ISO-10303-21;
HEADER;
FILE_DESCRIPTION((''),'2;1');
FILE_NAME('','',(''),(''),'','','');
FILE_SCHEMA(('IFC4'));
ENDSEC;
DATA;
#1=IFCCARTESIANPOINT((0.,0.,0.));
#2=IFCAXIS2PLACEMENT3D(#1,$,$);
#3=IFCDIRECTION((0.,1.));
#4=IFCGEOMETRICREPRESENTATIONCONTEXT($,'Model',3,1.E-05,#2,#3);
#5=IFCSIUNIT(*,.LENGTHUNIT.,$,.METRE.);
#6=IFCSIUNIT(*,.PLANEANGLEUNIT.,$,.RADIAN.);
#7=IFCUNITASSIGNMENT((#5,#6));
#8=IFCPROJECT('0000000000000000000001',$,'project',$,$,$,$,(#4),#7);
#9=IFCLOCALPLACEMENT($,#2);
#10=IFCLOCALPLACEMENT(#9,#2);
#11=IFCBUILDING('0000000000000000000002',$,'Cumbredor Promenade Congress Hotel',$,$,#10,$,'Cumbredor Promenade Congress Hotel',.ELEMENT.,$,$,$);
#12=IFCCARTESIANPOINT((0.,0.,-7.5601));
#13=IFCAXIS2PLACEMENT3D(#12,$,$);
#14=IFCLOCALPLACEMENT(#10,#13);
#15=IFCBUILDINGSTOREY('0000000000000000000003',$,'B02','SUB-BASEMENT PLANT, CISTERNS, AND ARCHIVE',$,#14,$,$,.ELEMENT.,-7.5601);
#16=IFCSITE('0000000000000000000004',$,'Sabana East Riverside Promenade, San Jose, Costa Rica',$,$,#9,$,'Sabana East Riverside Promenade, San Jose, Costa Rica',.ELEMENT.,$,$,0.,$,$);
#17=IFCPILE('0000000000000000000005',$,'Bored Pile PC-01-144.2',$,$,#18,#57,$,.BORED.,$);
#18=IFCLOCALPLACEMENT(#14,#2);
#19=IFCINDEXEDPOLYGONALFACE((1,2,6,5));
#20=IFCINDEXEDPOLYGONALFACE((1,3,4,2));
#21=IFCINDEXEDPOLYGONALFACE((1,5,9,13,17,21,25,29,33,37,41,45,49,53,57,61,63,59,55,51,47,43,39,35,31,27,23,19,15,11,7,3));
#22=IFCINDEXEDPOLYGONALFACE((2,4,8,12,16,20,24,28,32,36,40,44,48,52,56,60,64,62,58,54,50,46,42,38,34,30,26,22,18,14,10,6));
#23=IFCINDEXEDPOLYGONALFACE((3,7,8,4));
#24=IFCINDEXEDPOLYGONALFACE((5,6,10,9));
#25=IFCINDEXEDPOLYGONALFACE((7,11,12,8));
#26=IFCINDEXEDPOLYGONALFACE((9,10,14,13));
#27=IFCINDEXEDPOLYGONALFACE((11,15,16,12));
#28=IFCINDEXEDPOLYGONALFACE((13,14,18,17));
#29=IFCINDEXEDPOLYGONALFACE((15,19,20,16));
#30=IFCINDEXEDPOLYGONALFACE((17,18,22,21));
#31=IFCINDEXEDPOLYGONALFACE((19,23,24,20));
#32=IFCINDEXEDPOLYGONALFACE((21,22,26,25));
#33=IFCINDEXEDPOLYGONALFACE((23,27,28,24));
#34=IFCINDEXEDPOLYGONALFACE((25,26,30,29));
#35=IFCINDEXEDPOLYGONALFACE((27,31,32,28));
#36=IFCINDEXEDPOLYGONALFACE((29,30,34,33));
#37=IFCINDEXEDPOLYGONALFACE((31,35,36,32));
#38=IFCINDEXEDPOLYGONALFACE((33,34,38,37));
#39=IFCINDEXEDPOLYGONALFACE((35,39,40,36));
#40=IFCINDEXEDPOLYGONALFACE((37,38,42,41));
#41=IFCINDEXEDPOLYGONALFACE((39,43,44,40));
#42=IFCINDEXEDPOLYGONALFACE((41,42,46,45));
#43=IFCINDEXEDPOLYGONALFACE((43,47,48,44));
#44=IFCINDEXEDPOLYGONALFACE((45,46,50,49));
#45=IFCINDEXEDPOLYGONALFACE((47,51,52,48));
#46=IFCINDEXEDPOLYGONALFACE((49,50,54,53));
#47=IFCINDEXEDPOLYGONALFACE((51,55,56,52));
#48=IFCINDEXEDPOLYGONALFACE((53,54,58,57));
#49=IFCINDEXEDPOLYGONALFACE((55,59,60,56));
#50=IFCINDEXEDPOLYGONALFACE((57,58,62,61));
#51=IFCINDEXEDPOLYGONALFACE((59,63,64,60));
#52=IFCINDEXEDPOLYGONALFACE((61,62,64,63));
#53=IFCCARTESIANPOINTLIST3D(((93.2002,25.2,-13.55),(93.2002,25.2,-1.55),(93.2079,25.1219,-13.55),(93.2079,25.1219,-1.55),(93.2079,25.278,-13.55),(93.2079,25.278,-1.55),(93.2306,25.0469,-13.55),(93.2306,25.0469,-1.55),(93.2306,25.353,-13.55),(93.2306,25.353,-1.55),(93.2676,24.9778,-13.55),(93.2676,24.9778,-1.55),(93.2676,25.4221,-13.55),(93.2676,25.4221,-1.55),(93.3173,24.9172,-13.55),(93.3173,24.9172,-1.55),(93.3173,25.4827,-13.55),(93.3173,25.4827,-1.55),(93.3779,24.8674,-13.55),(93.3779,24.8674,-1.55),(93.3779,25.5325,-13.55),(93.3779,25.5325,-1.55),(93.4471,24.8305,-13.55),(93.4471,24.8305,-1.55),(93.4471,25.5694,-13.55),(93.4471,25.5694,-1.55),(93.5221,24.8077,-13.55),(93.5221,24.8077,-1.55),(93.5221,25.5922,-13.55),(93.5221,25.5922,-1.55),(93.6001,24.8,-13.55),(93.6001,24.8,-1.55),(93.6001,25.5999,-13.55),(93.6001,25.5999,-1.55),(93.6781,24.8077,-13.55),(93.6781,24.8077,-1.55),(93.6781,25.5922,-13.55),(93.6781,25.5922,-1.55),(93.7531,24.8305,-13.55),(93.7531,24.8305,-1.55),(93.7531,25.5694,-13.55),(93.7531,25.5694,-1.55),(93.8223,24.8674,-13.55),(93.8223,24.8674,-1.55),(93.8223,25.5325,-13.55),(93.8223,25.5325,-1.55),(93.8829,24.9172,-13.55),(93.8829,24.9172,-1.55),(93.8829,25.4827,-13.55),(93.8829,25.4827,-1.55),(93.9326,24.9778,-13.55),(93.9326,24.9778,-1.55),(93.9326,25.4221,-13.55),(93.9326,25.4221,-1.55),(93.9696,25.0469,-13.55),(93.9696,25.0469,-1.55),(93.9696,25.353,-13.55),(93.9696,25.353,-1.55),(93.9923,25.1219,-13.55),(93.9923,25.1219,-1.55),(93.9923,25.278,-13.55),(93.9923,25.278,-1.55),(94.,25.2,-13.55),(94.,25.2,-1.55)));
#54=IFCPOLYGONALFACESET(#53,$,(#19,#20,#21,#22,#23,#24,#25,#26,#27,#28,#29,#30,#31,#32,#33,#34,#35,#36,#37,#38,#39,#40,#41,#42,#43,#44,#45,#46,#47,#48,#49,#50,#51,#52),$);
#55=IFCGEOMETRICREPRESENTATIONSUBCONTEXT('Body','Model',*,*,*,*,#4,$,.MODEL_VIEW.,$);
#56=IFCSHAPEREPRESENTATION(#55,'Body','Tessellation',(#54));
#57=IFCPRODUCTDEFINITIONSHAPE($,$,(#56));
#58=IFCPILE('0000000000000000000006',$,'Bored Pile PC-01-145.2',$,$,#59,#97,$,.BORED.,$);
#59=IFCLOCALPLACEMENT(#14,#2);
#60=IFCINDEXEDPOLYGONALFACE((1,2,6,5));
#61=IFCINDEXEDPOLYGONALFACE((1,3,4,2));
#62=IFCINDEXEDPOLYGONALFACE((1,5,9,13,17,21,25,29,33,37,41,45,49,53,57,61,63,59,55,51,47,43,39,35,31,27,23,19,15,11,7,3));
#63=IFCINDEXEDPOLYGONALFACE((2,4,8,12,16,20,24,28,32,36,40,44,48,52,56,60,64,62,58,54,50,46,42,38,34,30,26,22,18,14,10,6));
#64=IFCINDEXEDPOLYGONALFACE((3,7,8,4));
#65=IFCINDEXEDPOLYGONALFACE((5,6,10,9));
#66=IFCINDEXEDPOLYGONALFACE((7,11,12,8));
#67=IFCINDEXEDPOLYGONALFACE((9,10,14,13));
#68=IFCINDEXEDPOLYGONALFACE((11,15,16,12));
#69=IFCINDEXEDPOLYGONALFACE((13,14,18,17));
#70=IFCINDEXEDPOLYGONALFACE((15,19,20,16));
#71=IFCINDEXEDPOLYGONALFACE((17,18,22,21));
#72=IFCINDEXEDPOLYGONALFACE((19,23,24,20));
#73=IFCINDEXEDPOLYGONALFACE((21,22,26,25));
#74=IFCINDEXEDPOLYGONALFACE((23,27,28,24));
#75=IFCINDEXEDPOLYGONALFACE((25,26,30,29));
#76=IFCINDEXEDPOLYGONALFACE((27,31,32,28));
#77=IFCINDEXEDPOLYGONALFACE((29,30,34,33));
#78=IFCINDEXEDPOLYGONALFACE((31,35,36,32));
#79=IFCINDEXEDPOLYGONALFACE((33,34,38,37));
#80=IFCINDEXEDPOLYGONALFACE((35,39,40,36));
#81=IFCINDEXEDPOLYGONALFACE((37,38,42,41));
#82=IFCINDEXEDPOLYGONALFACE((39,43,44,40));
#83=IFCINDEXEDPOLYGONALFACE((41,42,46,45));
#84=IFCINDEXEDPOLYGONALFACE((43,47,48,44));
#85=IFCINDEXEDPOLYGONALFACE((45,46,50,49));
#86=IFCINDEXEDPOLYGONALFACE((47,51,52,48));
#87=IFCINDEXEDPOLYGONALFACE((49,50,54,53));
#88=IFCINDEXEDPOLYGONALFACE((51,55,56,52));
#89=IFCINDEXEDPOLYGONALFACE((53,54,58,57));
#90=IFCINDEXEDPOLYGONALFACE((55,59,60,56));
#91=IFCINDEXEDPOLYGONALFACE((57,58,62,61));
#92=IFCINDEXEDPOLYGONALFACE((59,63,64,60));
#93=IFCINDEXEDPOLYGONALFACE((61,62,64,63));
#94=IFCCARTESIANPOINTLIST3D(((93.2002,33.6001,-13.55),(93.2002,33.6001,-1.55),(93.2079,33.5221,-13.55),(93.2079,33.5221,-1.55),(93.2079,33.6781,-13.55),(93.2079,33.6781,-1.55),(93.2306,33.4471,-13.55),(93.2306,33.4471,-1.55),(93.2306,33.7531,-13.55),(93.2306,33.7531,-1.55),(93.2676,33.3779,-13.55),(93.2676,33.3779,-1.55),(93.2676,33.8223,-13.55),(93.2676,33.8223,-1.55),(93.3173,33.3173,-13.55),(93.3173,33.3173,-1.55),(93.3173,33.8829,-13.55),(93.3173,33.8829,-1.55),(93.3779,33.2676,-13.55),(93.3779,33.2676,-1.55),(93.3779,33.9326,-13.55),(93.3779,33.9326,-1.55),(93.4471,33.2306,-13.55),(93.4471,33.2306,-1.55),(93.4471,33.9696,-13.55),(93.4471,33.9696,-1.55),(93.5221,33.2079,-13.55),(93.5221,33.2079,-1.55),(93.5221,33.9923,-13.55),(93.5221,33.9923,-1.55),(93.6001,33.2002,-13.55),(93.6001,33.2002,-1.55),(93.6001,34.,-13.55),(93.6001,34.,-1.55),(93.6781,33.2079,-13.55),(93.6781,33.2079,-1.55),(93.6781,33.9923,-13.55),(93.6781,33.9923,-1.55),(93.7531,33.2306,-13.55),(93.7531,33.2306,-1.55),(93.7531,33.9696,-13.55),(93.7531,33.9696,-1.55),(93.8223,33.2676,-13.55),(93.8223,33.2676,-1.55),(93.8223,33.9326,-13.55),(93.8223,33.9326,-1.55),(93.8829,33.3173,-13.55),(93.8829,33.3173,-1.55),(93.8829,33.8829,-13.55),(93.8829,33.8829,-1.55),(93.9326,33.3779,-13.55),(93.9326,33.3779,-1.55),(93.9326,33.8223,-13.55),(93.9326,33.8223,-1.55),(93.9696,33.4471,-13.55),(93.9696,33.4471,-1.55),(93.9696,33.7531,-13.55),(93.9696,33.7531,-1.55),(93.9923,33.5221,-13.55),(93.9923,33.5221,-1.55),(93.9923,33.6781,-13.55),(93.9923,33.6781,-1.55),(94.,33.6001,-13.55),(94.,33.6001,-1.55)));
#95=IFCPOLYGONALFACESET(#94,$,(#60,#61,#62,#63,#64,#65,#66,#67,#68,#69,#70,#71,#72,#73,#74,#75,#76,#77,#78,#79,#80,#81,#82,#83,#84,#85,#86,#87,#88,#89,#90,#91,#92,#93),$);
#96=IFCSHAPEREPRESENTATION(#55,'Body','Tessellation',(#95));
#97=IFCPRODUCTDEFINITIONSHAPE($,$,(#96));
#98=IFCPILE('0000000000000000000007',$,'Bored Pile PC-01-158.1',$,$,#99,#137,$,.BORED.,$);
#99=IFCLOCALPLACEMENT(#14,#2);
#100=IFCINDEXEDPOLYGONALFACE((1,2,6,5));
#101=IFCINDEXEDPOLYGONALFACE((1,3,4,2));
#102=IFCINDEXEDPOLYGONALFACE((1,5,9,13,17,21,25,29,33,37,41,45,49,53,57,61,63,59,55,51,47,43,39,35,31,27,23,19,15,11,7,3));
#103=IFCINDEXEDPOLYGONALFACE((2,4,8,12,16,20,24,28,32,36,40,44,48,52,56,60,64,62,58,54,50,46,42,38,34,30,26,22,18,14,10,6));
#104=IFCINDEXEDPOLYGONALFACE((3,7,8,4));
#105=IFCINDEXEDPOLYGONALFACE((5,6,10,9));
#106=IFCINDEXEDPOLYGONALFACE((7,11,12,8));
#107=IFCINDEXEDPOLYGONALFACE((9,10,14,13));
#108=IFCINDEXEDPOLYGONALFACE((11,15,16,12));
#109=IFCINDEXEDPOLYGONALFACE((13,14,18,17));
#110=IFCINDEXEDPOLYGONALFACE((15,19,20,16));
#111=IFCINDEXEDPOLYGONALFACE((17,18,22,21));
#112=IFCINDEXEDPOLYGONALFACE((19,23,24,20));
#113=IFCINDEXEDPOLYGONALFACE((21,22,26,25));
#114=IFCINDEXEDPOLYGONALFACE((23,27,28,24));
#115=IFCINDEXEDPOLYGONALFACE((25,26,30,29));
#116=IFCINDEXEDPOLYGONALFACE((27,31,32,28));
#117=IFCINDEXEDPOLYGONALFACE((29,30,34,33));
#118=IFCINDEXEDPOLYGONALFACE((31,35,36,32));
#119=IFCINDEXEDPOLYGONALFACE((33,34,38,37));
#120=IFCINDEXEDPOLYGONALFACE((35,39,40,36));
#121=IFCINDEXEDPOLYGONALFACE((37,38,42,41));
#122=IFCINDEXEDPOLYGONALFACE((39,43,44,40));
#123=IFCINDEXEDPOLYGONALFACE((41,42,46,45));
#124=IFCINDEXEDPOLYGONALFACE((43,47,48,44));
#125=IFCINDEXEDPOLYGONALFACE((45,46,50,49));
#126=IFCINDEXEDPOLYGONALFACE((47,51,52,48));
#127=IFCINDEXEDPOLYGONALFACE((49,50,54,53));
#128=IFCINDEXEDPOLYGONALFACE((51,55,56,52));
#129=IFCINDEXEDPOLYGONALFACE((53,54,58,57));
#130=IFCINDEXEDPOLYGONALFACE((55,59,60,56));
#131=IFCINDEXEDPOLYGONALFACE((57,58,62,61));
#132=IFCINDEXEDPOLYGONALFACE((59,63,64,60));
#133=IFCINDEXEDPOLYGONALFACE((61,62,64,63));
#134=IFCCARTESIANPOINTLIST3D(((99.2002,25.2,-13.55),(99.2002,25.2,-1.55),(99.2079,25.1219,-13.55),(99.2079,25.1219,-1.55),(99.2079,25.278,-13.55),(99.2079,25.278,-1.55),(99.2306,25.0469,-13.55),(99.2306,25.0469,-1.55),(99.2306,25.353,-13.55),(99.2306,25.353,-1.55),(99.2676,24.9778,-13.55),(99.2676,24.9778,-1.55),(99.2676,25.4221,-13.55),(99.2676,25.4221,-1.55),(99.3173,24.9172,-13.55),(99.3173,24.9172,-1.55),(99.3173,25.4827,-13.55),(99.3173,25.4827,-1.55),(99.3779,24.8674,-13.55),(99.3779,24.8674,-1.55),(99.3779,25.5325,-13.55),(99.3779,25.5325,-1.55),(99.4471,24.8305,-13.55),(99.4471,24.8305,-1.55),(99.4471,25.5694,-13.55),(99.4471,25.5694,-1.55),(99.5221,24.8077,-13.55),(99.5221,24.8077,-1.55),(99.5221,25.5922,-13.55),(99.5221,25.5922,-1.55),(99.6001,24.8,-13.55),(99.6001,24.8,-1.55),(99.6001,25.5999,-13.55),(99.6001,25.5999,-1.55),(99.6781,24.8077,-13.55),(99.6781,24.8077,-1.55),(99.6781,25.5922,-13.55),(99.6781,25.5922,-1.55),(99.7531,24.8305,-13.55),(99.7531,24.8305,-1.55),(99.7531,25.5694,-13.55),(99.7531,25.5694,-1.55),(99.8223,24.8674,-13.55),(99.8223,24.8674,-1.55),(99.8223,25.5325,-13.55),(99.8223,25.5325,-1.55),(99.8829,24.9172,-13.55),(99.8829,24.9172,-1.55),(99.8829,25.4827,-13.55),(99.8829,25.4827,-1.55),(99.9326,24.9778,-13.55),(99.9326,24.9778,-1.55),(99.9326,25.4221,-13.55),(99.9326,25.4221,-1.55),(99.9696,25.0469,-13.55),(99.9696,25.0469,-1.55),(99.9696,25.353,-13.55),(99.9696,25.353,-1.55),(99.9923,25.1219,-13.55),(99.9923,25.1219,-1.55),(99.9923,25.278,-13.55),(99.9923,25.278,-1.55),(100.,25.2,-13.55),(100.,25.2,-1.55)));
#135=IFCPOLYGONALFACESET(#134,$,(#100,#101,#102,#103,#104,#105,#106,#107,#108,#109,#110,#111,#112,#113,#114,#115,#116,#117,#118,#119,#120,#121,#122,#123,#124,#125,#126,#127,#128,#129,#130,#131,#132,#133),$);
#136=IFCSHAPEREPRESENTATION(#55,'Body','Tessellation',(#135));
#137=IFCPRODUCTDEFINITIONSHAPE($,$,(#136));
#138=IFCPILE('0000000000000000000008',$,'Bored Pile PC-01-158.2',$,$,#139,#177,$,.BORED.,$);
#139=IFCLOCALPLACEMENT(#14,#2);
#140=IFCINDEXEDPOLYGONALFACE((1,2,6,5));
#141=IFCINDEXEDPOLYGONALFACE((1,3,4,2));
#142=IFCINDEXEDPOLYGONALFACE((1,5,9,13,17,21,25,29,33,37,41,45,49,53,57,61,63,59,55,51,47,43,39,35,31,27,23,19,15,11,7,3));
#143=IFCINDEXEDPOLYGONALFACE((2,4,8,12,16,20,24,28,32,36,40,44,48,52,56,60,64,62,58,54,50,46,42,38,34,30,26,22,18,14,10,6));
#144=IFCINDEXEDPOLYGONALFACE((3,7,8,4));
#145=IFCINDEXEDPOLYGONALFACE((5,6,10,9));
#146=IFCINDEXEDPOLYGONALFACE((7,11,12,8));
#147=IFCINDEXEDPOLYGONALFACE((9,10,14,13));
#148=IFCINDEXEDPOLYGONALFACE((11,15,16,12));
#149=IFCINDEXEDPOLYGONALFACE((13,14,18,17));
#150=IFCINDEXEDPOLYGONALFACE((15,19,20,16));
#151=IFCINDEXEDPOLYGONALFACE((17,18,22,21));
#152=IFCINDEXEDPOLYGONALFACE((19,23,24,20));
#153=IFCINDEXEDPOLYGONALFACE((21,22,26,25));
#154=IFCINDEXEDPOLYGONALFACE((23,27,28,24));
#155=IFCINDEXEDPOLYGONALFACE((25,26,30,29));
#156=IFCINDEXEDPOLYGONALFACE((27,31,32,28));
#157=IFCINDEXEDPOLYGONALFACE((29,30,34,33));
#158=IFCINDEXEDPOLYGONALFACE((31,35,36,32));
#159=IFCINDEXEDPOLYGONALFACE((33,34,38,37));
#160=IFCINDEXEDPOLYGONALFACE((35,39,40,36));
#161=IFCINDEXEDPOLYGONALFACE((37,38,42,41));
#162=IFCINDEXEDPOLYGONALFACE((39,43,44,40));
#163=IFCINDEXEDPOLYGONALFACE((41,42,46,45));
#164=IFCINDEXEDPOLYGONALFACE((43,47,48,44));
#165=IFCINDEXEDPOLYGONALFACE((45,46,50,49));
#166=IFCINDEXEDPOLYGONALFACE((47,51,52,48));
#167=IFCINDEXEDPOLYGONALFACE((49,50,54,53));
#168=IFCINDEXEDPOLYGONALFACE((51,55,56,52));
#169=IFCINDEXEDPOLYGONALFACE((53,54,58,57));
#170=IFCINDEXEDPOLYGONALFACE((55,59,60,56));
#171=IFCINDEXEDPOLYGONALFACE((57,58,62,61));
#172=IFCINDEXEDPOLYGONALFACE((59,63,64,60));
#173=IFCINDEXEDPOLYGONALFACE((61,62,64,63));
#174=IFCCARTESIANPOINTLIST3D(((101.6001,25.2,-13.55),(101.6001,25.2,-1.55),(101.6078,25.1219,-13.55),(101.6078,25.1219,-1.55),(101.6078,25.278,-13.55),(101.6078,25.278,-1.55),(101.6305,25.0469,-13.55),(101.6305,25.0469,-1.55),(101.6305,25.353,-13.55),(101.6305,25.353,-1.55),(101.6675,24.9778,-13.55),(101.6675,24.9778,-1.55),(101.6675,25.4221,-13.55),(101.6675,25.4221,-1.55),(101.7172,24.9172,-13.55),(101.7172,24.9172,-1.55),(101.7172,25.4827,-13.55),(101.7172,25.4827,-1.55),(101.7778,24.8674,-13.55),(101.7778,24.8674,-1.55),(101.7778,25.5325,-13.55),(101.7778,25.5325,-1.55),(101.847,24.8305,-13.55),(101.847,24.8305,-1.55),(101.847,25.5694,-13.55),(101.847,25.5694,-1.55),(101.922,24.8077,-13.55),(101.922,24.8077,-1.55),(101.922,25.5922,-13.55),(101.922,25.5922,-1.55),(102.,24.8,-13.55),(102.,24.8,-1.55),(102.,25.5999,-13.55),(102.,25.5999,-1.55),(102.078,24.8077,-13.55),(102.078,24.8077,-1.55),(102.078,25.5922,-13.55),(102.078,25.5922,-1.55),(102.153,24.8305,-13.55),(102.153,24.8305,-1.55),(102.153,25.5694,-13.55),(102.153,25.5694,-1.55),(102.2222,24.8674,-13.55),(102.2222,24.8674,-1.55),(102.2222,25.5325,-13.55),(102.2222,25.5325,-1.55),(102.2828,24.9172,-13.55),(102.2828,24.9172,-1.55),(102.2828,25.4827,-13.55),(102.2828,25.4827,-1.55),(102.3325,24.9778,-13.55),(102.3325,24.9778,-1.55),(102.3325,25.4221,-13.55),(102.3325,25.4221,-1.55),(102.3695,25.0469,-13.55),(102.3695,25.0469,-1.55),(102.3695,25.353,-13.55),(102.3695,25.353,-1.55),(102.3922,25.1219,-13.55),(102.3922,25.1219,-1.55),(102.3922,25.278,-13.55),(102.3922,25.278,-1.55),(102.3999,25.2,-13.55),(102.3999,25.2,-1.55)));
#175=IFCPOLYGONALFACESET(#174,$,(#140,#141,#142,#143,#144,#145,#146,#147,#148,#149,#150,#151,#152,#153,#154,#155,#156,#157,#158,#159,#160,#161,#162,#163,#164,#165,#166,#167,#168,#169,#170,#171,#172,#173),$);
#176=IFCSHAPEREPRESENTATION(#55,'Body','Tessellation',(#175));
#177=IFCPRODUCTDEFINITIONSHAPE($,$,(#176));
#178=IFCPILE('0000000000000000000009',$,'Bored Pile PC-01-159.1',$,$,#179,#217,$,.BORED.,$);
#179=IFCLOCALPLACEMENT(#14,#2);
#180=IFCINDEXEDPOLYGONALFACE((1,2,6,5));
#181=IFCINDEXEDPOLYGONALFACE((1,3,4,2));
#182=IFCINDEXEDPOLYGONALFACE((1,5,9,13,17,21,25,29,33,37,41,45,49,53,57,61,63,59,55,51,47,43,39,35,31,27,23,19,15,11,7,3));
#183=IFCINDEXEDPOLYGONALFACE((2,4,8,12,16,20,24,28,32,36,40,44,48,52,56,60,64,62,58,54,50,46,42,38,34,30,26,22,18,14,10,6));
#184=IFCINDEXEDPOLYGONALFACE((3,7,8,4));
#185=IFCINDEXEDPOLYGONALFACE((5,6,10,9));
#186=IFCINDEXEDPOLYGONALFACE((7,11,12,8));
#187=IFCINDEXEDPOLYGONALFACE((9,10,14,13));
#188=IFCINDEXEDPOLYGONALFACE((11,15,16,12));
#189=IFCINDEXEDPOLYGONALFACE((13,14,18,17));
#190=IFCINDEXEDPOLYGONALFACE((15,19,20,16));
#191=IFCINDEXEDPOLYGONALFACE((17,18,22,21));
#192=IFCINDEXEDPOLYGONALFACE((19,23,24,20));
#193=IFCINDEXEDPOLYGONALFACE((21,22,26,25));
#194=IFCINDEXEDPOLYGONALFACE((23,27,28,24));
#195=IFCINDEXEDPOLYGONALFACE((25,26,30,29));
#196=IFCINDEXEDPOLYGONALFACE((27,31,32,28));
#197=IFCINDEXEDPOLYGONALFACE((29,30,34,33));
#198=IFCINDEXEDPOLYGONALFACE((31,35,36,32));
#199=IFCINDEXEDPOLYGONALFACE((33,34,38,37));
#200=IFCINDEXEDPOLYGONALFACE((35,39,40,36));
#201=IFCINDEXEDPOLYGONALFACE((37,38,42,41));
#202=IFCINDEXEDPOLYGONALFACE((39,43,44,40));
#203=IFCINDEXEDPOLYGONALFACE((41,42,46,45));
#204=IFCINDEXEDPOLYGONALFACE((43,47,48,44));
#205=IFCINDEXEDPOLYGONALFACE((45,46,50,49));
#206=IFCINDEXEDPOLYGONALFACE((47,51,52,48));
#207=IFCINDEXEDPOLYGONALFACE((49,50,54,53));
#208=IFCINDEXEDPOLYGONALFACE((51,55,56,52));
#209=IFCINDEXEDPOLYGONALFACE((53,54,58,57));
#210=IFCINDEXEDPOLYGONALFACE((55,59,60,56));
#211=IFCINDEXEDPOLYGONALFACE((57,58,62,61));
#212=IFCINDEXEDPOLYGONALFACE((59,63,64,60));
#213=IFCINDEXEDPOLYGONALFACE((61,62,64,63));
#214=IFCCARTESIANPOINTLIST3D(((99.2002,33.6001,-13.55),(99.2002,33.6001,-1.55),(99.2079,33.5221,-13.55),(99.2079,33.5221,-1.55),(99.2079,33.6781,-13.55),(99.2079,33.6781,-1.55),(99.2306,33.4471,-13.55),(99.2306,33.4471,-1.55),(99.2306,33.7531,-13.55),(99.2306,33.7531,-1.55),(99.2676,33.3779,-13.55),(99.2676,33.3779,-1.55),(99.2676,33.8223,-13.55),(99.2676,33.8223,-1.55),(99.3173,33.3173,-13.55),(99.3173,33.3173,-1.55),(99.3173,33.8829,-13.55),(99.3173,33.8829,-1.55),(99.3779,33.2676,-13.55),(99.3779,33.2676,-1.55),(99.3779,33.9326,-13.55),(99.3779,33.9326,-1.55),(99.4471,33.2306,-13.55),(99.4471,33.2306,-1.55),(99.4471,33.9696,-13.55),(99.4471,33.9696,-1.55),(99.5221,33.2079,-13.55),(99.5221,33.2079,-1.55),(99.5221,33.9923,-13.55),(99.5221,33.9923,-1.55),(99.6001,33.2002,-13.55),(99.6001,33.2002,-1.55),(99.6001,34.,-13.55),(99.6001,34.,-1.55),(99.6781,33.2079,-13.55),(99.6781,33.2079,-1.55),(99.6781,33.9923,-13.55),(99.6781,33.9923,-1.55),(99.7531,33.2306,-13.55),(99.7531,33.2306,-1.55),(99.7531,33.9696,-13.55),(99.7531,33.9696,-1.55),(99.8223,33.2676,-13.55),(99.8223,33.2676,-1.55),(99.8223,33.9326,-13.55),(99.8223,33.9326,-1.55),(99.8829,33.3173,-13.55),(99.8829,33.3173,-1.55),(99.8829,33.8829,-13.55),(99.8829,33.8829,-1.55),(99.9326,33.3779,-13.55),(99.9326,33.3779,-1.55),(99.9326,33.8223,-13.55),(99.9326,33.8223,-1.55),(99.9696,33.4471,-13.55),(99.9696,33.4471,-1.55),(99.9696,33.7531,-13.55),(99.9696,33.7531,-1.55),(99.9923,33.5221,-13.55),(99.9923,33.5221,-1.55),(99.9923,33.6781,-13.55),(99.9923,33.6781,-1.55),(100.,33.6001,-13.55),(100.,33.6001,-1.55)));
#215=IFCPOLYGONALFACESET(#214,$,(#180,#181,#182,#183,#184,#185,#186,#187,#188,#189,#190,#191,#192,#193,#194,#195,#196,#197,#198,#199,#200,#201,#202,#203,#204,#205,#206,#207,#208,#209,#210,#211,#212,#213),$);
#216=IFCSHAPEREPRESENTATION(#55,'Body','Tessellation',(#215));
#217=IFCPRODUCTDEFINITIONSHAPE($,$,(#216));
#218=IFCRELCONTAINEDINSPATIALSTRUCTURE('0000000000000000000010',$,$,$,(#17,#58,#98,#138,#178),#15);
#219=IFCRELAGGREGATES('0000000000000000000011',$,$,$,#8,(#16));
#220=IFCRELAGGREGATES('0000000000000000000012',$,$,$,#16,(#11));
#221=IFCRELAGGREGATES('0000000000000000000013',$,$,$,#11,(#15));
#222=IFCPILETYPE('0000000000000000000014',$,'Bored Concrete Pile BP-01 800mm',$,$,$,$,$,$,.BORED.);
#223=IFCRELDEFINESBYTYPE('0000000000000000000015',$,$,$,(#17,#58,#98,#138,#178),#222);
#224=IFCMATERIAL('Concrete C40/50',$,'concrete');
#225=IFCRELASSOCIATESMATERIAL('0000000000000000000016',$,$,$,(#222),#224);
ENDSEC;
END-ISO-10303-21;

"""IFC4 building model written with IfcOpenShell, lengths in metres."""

from ifc_helpers import new_model, si_unit, direction, frame, origin, origin_2d, place, context, subcontext, project, spatial, circle, extrude, material, material_profile, profile_set, type_object, element, save


model = new_model("IFC4")

# Units and contexts
model_context = context("Model", 3, precision=1e-05, world=origin(), true_north=direction((0.0, 1.0)))
body_context = subcontext(model_context, "Body", "Model", "MODEL_VIEW")
ifc_project = project(units=[si_unit("LENGTHUNIT", "METRE"), si_unit("PLANEANGLEUNIT", "RADIAN")], contexts=[model_context])

# Site, building, storey
site_placement = place(None, origin())
site = spatial("IfcSite", under=ifc_project, at=site_placement, Name="Sabana East Riverside Promenade, San Jose, Costa Rica", LongName="Sabana East Riverside Promenade, San Jose, Costa Rica", CompositionType="ELEMENT", RefElevation=0.0)
building_placement = place(site_placement, origin())
building = spatial("IfcBuilding", under=site, at=building_placement, Name="Cumbredor Promenade Congress Hotel", LongName="Cumbredor Promenade Congress Hotel", CompositionType="ELEMENT")
storey_placement = place(building_placement, frame((0.0, 0.0, -7.5601)))
storey = spatial("IfcBuildingStorey", under=building, at=storey_placement, Name="B02", Description="SUB-BASEMENT PLANT, CISTERNS, AND ARCHIVE", CompositionType="ELEMENT", Elevation=-7.5601)

# Piles
ifc_material_1 = material(Name="Concrete C40/50", Category="concrete")
ifc_material_profile_1 = material_profile(ifc_material_1, circle(Radius=0.3999, at=origin_2d()), Name="PILE D800")
ifc_profile_set_1 = profile_set([ifc_material_profile_1], Name="Concrete C40/50")
pile_type = type_object("IfcPileType", Name="Bored Concrete Pile BP-01 800mm", PredefinedType="BORED", material=ifc_profile_set_1)
for number, where, z_axis, x_axis, name in (
    (1, (93.6001, 25.2, -1.55), (0.0, 0.0, -1.0), (1.0, 0.0, 0.0), "Bored Pile PC-01-144.2"),
    (2, (93.6001, 33.6001, -1.55), (0.0, 0.0, -1.0), (1.0, 0.0, 0.0), "Bored Pile PC-01-145.2"),
    (3, (99.6001, 25.2, -1.55), (0.0, 0.0, -1.0), (1.0, 0.0, 0.0), "Bored Pile PC-01-158.1"),
    (4, (102.0, 25.2, -1.55), (0.0, 0.0, -1.0), (1.0, 0.0, 0.0), "Bored Pile PC-01-158.2"),
    (5, (99.6001, 33.6001, -1.55), (0.0, 0.0, -1.0), (1.0, 0.0, 0.0), "Bored Pile PC-01-159.1"),
):
    element("IfcPile", number, at=place(storey_placement, frame(where, z_axis=z_axis, x_axis=x_axis)), inside=storey, type_object=pile_type, Name=name, PredefinedType="BORED", context=body_context, shape_type="SweptSolid", body=[
        extrude(circle(Radius=0.3999, at=origin_2d()), origin(), (0.0, 0.0, 1.0), 12.0),
    ])

save(model, "model.ifc")
